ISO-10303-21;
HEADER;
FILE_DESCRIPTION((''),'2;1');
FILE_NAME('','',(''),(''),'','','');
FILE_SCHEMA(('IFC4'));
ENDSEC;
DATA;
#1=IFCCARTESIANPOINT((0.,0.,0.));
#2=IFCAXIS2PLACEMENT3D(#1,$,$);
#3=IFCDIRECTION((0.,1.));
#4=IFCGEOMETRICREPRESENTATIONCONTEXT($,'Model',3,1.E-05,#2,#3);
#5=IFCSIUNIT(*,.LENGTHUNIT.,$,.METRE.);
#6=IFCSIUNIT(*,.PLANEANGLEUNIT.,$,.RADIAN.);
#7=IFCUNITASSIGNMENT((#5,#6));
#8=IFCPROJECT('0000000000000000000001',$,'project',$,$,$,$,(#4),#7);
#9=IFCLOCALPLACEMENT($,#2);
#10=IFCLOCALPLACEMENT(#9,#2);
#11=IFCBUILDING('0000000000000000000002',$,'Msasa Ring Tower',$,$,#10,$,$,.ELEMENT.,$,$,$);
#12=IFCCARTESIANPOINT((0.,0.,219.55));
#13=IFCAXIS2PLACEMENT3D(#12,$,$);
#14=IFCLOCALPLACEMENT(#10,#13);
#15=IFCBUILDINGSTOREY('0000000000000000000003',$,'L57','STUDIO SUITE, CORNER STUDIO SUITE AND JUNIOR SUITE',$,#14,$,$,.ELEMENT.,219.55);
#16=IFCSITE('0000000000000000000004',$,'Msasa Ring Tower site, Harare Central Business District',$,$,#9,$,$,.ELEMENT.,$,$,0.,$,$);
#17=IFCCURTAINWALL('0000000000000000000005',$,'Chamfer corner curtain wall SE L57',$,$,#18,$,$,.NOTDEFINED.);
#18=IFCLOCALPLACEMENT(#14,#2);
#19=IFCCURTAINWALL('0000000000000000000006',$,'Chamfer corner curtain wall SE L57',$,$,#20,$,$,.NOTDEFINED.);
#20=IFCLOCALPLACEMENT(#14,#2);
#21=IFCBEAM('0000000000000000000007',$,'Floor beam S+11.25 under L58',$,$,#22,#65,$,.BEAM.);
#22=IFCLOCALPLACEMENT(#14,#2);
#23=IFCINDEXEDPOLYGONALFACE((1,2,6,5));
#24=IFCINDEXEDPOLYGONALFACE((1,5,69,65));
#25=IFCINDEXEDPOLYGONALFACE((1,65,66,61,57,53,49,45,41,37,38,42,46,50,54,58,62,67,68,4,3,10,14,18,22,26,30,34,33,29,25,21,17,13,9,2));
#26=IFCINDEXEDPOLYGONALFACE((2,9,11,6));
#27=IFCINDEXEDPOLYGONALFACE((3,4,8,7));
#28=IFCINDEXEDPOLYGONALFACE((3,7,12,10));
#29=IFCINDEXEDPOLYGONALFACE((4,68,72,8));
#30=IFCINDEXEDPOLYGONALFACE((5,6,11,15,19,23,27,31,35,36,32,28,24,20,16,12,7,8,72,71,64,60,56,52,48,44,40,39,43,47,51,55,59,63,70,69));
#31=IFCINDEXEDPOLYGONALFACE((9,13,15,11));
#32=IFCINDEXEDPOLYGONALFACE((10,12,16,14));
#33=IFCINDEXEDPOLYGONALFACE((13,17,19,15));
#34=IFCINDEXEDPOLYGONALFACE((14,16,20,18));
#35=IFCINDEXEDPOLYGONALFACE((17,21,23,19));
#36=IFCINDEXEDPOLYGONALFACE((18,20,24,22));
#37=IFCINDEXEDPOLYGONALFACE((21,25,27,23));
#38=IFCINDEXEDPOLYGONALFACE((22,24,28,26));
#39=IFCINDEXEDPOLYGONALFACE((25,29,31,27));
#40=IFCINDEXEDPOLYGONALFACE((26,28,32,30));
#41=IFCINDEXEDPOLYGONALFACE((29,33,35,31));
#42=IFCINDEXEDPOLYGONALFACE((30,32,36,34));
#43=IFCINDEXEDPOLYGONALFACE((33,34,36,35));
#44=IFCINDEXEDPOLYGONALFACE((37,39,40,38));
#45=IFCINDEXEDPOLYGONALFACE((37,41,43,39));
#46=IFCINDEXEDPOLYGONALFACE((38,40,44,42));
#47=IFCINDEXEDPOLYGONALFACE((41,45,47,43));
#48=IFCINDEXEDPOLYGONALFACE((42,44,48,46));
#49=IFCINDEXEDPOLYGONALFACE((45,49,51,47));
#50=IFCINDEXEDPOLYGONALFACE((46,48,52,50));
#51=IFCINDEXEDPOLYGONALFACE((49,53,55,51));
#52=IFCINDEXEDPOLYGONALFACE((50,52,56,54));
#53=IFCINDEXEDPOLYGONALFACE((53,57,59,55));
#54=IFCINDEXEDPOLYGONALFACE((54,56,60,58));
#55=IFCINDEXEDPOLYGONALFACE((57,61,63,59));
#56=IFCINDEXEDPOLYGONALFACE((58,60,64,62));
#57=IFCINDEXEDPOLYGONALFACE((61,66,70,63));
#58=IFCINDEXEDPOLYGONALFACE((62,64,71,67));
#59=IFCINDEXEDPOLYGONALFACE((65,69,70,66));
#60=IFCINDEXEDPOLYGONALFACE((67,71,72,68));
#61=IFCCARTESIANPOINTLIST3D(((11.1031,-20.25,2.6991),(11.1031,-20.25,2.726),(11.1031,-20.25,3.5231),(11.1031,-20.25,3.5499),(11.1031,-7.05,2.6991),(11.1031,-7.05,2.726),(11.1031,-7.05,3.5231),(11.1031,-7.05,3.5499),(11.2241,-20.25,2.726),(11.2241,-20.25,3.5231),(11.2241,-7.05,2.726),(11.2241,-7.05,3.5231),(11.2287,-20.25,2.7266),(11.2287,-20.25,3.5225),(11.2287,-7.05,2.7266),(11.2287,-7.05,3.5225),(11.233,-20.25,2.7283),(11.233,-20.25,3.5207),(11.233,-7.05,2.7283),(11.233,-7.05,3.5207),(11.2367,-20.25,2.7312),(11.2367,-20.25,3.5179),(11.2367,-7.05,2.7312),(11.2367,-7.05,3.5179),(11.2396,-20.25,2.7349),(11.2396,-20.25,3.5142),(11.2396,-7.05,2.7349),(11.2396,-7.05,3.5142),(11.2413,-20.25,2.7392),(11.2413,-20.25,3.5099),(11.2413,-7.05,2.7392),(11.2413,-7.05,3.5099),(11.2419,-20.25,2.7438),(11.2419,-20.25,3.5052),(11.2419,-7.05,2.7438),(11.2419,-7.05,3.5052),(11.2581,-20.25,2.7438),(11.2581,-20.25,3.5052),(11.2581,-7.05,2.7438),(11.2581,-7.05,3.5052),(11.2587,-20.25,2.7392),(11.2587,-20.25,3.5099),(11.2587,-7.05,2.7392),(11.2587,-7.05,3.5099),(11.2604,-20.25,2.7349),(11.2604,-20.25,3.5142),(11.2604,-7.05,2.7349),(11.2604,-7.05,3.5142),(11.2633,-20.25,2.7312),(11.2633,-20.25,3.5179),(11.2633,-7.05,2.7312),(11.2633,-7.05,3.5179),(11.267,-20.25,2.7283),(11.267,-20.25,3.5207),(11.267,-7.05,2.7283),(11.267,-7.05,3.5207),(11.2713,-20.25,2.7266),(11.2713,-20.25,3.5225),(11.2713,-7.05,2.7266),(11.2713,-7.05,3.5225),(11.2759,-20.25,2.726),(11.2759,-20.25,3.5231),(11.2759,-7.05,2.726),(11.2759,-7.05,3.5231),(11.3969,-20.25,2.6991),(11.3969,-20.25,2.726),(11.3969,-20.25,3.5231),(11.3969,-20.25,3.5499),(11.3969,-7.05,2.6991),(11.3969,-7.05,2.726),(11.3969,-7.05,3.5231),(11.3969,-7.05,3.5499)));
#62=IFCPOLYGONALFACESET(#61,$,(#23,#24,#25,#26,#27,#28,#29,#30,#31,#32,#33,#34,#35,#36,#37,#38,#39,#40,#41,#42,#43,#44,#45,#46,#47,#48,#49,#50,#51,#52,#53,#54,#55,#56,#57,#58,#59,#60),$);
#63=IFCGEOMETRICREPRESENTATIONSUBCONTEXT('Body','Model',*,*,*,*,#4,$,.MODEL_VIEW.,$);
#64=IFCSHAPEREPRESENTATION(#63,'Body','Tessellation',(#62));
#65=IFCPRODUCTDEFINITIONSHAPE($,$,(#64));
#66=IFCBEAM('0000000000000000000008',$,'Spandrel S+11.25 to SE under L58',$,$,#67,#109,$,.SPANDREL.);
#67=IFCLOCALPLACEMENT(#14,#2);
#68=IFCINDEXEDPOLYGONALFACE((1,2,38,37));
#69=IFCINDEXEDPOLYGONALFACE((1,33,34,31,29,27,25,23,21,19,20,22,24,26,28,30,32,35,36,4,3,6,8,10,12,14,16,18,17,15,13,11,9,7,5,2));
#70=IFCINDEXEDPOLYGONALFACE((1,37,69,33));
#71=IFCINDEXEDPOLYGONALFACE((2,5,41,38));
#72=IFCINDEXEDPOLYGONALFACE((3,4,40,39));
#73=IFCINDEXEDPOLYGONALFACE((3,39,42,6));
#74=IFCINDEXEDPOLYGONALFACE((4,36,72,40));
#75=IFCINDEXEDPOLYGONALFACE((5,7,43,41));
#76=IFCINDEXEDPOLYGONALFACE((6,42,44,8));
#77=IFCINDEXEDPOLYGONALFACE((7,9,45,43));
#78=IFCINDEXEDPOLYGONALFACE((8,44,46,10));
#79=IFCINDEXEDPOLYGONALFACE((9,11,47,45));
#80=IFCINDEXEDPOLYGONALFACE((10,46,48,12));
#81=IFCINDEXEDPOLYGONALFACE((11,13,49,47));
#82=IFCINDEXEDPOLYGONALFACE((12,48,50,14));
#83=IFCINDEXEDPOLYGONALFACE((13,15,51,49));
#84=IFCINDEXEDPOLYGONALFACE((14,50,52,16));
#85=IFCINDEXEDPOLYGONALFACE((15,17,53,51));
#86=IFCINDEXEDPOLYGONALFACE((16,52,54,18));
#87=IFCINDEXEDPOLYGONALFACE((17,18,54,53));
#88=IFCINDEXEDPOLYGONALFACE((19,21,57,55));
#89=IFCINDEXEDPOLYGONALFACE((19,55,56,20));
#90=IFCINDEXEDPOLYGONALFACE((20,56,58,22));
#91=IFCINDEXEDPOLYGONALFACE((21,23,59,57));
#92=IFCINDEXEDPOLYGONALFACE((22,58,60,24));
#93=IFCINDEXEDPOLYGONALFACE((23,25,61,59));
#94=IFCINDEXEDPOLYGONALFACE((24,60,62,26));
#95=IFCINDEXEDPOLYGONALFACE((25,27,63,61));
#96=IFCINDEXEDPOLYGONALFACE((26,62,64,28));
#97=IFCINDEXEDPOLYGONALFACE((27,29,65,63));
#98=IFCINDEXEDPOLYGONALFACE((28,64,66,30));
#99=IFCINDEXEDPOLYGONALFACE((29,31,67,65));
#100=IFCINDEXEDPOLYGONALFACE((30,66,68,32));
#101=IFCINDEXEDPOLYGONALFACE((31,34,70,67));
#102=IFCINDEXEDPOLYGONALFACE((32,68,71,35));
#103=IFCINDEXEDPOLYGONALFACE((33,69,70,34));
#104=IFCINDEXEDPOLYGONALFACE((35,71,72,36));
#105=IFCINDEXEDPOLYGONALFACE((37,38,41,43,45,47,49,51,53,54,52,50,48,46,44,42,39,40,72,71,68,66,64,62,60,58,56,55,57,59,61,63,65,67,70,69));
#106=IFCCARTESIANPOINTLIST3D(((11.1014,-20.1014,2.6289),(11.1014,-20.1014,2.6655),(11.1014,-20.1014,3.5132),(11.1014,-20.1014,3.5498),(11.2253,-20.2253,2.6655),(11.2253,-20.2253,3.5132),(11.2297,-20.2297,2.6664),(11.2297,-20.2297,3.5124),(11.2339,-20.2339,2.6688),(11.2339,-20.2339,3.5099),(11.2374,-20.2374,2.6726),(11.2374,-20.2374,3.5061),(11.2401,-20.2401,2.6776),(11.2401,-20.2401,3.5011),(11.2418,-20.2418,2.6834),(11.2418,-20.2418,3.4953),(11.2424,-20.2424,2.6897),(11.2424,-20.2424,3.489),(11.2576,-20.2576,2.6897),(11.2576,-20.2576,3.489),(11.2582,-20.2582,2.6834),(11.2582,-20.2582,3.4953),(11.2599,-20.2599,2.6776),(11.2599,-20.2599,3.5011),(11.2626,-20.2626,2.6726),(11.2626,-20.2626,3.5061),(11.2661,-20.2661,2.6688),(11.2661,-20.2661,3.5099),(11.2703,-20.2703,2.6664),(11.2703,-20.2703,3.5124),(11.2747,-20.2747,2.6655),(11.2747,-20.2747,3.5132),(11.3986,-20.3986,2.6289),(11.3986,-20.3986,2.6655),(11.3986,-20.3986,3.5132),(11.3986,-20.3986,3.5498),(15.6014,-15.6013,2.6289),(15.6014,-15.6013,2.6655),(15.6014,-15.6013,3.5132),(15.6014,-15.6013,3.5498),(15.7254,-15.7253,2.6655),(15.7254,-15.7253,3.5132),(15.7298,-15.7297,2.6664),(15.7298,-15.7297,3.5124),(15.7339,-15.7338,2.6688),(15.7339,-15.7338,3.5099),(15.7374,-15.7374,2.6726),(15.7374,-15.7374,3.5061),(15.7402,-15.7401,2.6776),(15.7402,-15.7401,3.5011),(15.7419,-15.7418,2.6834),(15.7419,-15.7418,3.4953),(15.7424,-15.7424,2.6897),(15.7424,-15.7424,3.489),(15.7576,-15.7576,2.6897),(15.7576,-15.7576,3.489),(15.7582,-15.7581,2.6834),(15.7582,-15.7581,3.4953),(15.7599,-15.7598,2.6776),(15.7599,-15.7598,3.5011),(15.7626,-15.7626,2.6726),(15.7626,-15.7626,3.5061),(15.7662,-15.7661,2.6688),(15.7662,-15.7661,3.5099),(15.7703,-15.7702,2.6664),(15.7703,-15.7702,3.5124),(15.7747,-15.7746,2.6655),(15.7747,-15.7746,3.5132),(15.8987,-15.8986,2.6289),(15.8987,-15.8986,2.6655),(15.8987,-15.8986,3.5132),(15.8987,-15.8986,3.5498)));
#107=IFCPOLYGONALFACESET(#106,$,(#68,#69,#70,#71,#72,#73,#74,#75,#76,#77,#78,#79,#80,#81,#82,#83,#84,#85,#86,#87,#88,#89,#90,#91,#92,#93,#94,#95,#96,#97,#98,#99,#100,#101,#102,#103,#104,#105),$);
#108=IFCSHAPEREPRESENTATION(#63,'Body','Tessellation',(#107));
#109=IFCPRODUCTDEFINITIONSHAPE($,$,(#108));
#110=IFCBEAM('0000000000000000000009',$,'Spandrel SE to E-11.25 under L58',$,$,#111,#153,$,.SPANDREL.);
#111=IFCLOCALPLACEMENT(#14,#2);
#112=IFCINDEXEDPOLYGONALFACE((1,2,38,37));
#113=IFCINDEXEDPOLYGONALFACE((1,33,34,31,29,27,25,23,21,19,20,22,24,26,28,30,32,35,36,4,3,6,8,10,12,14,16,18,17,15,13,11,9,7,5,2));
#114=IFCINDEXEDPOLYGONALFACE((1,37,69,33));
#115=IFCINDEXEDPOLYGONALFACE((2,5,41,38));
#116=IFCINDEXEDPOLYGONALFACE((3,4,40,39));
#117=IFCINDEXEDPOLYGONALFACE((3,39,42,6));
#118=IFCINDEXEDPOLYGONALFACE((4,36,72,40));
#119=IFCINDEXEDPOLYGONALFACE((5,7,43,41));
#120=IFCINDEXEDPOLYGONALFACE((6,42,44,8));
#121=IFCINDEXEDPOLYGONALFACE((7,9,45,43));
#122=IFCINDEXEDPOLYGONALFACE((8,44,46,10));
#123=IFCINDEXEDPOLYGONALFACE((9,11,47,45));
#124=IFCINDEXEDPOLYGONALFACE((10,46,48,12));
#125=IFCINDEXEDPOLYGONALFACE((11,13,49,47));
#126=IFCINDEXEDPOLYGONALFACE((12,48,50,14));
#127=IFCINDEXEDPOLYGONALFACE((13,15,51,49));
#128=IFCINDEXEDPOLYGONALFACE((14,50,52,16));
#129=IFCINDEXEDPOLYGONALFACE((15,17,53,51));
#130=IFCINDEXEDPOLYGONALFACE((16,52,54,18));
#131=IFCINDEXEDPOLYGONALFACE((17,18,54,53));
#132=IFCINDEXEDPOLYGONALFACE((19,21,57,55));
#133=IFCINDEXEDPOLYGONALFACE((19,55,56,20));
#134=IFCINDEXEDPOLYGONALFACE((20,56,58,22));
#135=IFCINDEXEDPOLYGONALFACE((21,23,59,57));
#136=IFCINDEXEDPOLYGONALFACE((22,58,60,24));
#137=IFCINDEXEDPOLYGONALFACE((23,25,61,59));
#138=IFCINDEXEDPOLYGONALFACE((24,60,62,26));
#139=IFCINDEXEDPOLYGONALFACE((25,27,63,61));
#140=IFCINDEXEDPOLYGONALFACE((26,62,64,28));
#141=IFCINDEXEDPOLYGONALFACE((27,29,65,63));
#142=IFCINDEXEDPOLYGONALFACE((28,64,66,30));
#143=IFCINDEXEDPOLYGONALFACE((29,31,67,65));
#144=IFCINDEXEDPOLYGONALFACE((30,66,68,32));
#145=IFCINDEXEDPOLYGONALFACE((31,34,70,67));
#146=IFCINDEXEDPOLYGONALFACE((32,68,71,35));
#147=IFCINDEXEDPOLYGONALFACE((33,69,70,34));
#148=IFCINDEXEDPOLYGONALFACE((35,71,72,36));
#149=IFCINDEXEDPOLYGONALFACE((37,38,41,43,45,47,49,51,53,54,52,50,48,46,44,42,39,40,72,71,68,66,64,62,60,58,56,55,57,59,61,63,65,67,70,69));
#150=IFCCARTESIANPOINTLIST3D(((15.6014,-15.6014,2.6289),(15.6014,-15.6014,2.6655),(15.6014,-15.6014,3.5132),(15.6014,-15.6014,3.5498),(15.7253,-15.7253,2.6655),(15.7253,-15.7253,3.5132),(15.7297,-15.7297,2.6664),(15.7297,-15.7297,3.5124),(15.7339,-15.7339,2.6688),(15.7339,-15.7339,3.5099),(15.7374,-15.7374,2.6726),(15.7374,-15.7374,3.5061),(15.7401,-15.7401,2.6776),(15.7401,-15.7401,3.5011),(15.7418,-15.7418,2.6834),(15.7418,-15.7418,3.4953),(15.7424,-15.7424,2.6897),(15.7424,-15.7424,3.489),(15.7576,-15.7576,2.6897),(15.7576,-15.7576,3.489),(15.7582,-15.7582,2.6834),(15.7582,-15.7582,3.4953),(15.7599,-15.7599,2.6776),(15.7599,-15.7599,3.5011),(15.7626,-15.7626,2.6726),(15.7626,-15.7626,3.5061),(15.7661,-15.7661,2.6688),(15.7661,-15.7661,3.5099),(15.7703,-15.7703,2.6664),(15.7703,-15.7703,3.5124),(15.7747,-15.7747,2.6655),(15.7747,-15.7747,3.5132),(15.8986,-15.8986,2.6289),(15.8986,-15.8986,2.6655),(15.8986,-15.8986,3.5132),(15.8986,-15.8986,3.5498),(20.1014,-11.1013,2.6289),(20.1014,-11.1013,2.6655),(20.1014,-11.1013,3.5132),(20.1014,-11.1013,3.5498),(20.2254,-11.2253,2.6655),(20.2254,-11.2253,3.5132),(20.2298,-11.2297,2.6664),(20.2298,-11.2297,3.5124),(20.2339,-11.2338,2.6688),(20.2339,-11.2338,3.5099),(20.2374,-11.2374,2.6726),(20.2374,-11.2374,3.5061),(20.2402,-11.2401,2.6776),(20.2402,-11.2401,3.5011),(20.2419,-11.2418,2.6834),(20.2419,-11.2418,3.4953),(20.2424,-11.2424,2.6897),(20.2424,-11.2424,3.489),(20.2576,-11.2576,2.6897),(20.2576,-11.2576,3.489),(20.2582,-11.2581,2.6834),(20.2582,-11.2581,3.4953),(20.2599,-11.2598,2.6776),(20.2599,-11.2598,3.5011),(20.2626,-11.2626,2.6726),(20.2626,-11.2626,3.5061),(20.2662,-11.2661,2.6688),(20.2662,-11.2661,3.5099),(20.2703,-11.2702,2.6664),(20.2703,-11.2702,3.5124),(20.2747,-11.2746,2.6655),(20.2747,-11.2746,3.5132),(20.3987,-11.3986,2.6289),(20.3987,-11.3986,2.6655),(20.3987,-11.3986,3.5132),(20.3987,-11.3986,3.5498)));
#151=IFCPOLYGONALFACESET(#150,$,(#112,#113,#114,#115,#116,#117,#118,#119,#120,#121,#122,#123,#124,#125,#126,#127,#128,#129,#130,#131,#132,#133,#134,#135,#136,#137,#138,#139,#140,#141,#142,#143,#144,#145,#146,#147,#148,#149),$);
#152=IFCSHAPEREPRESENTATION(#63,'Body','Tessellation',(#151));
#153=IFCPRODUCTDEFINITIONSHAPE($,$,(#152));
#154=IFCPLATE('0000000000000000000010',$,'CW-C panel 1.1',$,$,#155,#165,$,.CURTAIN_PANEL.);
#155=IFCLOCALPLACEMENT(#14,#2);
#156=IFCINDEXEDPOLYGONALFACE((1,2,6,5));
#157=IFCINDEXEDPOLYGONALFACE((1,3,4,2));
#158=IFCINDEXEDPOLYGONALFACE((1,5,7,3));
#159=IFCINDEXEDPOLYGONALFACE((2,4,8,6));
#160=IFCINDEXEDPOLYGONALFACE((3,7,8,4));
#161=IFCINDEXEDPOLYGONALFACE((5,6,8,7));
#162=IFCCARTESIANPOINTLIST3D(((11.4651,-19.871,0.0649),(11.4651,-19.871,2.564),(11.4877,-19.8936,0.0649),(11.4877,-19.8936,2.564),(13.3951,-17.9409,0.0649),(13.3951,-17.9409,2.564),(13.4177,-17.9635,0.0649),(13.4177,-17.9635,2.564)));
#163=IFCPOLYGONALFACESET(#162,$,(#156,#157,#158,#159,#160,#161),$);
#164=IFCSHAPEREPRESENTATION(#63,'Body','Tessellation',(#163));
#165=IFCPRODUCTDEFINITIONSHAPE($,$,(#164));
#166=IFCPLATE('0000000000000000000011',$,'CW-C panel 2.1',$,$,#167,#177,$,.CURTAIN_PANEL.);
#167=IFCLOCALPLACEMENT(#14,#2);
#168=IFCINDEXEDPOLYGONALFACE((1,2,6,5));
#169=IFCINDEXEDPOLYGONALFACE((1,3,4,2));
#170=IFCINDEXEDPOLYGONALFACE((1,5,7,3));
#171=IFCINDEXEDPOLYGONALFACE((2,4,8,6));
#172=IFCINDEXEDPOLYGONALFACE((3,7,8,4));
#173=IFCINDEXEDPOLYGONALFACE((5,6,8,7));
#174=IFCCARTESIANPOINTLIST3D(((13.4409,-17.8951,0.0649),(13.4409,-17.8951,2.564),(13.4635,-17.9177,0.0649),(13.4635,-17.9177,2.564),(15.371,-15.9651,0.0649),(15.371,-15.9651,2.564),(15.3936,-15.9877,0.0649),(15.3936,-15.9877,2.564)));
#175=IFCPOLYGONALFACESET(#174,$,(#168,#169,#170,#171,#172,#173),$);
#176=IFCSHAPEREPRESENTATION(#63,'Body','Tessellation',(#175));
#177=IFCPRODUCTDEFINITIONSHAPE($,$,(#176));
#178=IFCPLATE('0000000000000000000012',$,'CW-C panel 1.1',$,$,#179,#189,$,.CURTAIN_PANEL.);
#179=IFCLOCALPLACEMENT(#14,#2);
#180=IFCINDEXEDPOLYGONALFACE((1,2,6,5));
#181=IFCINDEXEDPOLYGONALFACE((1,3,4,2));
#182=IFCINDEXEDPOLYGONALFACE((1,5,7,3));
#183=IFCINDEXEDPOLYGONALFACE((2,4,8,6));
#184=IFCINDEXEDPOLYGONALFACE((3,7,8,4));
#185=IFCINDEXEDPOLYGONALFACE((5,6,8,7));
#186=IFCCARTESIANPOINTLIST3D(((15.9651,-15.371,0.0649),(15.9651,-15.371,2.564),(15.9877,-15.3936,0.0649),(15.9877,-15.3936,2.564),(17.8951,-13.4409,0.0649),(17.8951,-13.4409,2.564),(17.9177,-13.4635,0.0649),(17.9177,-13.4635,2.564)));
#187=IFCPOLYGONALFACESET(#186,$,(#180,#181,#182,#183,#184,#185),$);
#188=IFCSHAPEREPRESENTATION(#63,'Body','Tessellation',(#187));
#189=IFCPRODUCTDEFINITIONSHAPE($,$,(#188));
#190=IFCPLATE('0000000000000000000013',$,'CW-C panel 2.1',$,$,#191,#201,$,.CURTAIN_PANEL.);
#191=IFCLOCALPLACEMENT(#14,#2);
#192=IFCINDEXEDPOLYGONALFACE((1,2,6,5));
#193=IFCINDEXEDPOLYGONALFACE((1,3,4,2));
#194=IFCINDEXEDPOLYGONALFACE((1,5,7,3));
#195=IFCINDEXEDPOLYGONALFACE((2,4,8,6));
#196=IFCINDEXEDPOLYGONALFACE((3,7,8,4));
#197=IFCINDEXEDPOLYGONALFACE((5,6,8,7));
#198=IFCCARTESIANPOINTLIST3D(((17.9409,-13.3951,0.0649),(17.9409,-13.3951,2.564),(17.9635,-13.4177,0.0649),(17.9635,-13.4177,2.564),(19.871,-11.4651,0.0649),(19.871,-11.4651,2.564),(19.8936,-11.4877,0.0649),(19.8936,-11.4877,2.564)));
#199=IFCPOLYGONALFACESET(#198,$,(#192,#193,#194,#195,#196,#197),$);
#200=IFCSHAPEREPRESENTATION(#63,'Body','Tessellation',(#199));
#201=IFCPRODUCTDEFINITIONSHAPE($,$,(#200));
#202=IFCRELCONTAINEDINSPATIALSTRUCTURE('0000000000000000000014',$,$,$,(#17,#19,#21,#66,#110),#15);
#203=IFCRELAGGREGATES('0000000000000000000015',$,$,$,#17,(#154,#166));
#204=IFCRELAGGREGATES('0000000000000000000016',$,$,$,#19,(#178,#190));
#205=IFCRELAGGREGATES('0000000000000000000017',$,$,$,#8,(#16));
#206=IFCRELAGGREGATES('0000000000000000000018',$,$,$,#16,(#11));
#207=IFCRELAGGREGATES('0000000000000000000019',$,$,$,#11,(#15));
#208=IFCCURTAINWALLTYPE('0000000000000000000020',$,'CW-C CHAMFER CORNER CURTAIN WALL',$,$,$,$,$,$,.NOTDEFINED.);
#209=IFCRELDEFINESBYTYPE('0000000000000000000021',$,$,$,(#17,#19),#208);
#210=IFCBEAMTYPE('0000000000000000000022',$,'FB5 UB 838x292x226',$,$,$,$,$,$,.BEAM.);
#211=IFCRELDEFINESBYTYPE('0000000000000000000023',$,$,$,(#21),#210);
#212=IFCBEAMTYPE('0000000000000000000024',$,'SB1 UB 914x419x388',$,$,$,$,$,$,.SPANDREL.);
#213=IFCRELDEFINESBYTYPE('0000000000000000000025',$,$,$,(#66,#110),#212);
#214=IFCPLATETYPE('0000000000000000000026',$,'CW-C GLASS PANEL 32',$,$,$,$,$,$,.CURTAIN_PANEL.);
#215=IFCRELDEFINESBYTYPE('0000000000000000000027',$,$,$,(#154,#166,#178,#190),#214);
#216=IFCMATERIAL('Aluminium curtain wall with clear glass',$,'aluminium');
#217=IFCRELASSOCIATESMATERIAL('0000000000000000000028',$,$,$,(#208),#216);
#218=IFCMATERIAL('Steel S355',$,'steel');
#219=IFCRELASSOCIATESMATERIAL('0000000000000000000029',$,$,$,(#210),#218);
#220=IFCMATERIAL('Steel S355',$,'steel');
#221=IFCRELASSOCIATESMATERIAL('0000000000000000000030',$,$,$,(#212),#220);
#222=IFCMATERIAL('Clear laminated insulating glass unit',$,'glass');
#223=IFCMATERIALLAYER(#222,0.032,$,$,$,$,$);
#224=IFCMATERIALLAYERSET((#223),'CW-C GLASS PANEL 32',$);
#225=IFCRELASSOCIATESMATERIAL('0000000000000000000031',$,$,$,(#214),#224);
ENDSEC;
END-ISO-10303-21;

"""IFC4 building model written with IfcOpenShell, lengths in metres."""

from ifc_helpers import new_model, si_unit, direction, frame, origin, origin_2d, place, context, subcontext, project, spatial, rectangle, i_section, extrude, material, layer, layer_set, material_profile, profile_set, type_object, element, aggregate, save


model = new_model("IFC4")

# Units and contexts
model_context = context("Model", 3, precision=1e-05, world=origin(), true_north=direction((0.0, 1.0)))
body_context = subcontext(model_context, "Body", "Model", "MODEL_VIEW")
ifc_project = project(units=[si_unit("LENGTHUNIT", "METRE"), si_unit("PLANEANGLEUNIT", "RADIAN")], contexts=[model_context])

# Site, building, storey
site_placement = place(None, origin())
site = spatial("IfcSite", under=ifc_project, at=site_placement, Name="Msasa Ring Tower site, Harare Central Business District", CompositionType="ELEMENT", RefElevation=0.0)
building_placement = place(site_placement, origin())
building = spatial("IfcBuilding", under=site, at=building_placement, Name="Msasa Ring Tower", CompositionType="ELEMENT")
storey_placement = place(building_placement, frame((0.0, 0.0, 219.55)))
storey = spatial("IfcBuildingStorey", under=building, at=storey_placement, Name="L57", Description="STUDIO SUITE, CORNER STUDIO SUITE AND JUNIOR SUITE", CompositionType="ELEMENT", Elevation=219.55)

# Curtain walls
ifc_material_1 = material(Name="Aluminium curtain wall with clear glass", Category="aluminium")
curtain_wall_type = type_object("IfcCurtainWallType", Name="CW-C CHAMFER CORNER CURTAIN WALL", PredefinedType="NOTDEFINED", material=ifc_material_1)
curtain_wall_1_placement = place(storey_placement, origin())
curtain_wall_1 = element("IfcCurtainWall", 1, at=curtain_wall_1_placement, inside=storey, type_object=curtain_wall_type, Name="Chamfer corner curtain wall SE L57", PredefinedType="NOTDEFINED")
curtain_wall_2_placement = place(storey_placement, origin())
curtain_wall_2 = element("IfcCurtainWall", 2, at=curtain_wall_2_placement, inside=storey, type_object=curtain_wall_type, Name="Chamfer corner curtain wall SE L57", PredefinedType="NOTDEFINED")

# Beams
ifc_material_2 = material(Name="Steel S355", Category="steel")
ifc_material_profile_1 = material_profile(ifc_material_2, i_section(OverallWidth=0.2937, OverallDepth=0.8508, WebThickness=0.0161, FlangeThickness=0.0269, FilletRadius=0.0178, at=origin_2d()), Name="UB 838x292x226")
ifc_profile_set_1 = profile_set([ifc_material_profile_1], Name="Steel S355")
beam_type_1 = type_object("IfcBeamType", Name="FB5 UB 838x292x226", PredefinedType="BEAM", material=ifc_profile_set_1)
beam_placement = place(storey_placement, frame((11.25, -20.25, 3.1245), z_axis=(0.0, 1.0, 0.0), x_axis=(-1.0, 0.0, 0.0)))
element("IfcBeam", 3, at=beam_placement, inside=storey, type_object=beam_type_1, Name="Floor beam S+11.25 under L58", PredefinedType="BEAM", context=body_context, shape_type="SweptSolid", body=[
    extrude(i_section(OverallWidth=0.2937, OverallDepth=0.8508, WebThickness=0.0161, FlangeThickness=0.0269, FilletRadius=0.0178, at=origin_2d()), origin(), (0.0, 0.0, 1.0), 13.2),
])
ifc_material_3 = material(Name="Steel S355", Category="steel")
ifc_material_profile_2 = material_profile(ifc_material_3, i_section(OverallWidth=0.4204, OverallDepth=0.9209, WebThickness=0.0215, FlangeThickness=0.0366, FilletRadius=0.0242, at=origin_2d()), Name="UB 914x419x388")
ifc_profile_set_2 = profile_set([ifc_material_profile_2], Name="Steel S355")
beam_type_2 = type_object("IfcBeamType", Name="SB1 UB 914x419x388", PredefinedType="SPANDREL", material=ifc_profile_set_2)
for number, where, z_axis, x_axis, name in (
    (4, (11.25, -20.25, 3.0894), (0.707107, 0.707107, 0.0), (-0.707107, 0.707107, 0.0), "Spandrel S+11.25 to SE under L58"),
    (5, (15.75, -15.75, 3.0894), (0.707107, 0.707107, 0.0), (-0.707107, 0.707107, 0.0), "Spandrel SE to E-11.25 under L58"),
):
    element("IfcBeam", number, at=place(storey_placement, frame(where, z_axis=z_axis, x_axis=x_axis)), inside=storey, type_object=beam_type_2, Name=name, PredefinedType="SPANDREL", context=body_context, shape_type="SweptSolid", body=[
        extrude(i_section(OverallWidth=0.4204, OverallDepth=0.9209, WebThickness=0.0215, FlangeThickness=0.0366, FilletRadius=0.0242, at=origin_2d()), origin(), (0.0, 0.0, 1.0), 6.364),
    ])

# Plates
ifc_material_4 = material(Name="Clear laminated insulating glass unit", Category="glass")
ifc_layer_1 = layer(ifc_material_4, 0.032)
ifc_layer_set_1 = layer_set([ifc_layer_1], Name="CW-C GLASS PANEL 32")
plate_type = type_object("IfcPlateType", Name="CW-C GLASS PANEL 32", PredefinedType="CURTAIN_PANEL", material=ifc_layer_set_1)
plate_1_placement = place(storey_placement, frame((12.4414, -18.9172, 0.0649), z_axis=(0.0, 0.0, 1.0), x_axis=(0.707107, 0.707107, 0.0)))
plate_1 = element("IfcPlate", 6, at=plate_1_placement, type_object=plate_type, Name="CW-C panel 1.1", PredefinedType="CURTAIN_PANEL", context=body_context, shape_type="SweptSolid", body=[
    extrude(rectangle(XDim=2.7295, YDim=0.032, at=origin_2d()), origin(), (0.0, 0.0, 1.0), 2.499),
])
plate_2_placement = place(storey_placement, frame((14.4172, -16.9414, 0.0649), z_axis=(0.0, 0.0, 1.0), x_axis=(0.707107, 0.707107, 0.0)))
plate_2 = element("IfcPlate", 7, at=plate_2_placement, type_object=plate_type, Name="CW-C panel 2.1", PredefinedType="CURTAIN_PANEL", context=body_context, shape_type="SweptSolid", body=[
    extrude(rectangle(XDim=2.7295, YDim=0.032, at=origin_2d()), origin(), (0.0, 0.0, 1.0), 2.499),
])
aggregate(curtain_wall_1, [plate_1, plate_2])
plate_3_placement = place(storey_placement, frame((16.9414, -14.4172, 0.0649), z_axis=(0.0, 0.0, 1.0), x_axis=(0.707107, 0.707107, 0.0)))
plate_3 = element("IfcPlate", 8, at=plate_3_placement, type_object=plate_type, Name="CW-C panel 1.1", PredefinedType="CURTAIN_PANEL", context=body_context, shape_type="SweptSolid", body=[
    extrude(rectangle(XDim=2.7295, YDim=0.032, at=origin_2d()), origin(), (0.0, 0.0, 1.0), 2.499),
])
plate_4_placement = place(storey_placement, frame((18.9172, -12.4414, 0.0649), z_axis=(0.0, 0.0, 1.0), x_axis=(0.707107, 0.707107, 0.0)))
plate_4 = element("IfcPlate", 9, at=plate_4_placement, type_object=plate_type, Name="CW-C panel 2.1", PredefinedType="CURTAIN_PANEL", context=body_context, shape_type="SweptSolid", body=[
    extrude(rectangle(XDim=2.7295, YDim=0.032, at=origin_2d()), origin(), (0.0, 0.0, 1.0), 2.499),
])
aggregate(curtain_wall_2, [plate_3, plate_4])

save(model, "model.ifc")
